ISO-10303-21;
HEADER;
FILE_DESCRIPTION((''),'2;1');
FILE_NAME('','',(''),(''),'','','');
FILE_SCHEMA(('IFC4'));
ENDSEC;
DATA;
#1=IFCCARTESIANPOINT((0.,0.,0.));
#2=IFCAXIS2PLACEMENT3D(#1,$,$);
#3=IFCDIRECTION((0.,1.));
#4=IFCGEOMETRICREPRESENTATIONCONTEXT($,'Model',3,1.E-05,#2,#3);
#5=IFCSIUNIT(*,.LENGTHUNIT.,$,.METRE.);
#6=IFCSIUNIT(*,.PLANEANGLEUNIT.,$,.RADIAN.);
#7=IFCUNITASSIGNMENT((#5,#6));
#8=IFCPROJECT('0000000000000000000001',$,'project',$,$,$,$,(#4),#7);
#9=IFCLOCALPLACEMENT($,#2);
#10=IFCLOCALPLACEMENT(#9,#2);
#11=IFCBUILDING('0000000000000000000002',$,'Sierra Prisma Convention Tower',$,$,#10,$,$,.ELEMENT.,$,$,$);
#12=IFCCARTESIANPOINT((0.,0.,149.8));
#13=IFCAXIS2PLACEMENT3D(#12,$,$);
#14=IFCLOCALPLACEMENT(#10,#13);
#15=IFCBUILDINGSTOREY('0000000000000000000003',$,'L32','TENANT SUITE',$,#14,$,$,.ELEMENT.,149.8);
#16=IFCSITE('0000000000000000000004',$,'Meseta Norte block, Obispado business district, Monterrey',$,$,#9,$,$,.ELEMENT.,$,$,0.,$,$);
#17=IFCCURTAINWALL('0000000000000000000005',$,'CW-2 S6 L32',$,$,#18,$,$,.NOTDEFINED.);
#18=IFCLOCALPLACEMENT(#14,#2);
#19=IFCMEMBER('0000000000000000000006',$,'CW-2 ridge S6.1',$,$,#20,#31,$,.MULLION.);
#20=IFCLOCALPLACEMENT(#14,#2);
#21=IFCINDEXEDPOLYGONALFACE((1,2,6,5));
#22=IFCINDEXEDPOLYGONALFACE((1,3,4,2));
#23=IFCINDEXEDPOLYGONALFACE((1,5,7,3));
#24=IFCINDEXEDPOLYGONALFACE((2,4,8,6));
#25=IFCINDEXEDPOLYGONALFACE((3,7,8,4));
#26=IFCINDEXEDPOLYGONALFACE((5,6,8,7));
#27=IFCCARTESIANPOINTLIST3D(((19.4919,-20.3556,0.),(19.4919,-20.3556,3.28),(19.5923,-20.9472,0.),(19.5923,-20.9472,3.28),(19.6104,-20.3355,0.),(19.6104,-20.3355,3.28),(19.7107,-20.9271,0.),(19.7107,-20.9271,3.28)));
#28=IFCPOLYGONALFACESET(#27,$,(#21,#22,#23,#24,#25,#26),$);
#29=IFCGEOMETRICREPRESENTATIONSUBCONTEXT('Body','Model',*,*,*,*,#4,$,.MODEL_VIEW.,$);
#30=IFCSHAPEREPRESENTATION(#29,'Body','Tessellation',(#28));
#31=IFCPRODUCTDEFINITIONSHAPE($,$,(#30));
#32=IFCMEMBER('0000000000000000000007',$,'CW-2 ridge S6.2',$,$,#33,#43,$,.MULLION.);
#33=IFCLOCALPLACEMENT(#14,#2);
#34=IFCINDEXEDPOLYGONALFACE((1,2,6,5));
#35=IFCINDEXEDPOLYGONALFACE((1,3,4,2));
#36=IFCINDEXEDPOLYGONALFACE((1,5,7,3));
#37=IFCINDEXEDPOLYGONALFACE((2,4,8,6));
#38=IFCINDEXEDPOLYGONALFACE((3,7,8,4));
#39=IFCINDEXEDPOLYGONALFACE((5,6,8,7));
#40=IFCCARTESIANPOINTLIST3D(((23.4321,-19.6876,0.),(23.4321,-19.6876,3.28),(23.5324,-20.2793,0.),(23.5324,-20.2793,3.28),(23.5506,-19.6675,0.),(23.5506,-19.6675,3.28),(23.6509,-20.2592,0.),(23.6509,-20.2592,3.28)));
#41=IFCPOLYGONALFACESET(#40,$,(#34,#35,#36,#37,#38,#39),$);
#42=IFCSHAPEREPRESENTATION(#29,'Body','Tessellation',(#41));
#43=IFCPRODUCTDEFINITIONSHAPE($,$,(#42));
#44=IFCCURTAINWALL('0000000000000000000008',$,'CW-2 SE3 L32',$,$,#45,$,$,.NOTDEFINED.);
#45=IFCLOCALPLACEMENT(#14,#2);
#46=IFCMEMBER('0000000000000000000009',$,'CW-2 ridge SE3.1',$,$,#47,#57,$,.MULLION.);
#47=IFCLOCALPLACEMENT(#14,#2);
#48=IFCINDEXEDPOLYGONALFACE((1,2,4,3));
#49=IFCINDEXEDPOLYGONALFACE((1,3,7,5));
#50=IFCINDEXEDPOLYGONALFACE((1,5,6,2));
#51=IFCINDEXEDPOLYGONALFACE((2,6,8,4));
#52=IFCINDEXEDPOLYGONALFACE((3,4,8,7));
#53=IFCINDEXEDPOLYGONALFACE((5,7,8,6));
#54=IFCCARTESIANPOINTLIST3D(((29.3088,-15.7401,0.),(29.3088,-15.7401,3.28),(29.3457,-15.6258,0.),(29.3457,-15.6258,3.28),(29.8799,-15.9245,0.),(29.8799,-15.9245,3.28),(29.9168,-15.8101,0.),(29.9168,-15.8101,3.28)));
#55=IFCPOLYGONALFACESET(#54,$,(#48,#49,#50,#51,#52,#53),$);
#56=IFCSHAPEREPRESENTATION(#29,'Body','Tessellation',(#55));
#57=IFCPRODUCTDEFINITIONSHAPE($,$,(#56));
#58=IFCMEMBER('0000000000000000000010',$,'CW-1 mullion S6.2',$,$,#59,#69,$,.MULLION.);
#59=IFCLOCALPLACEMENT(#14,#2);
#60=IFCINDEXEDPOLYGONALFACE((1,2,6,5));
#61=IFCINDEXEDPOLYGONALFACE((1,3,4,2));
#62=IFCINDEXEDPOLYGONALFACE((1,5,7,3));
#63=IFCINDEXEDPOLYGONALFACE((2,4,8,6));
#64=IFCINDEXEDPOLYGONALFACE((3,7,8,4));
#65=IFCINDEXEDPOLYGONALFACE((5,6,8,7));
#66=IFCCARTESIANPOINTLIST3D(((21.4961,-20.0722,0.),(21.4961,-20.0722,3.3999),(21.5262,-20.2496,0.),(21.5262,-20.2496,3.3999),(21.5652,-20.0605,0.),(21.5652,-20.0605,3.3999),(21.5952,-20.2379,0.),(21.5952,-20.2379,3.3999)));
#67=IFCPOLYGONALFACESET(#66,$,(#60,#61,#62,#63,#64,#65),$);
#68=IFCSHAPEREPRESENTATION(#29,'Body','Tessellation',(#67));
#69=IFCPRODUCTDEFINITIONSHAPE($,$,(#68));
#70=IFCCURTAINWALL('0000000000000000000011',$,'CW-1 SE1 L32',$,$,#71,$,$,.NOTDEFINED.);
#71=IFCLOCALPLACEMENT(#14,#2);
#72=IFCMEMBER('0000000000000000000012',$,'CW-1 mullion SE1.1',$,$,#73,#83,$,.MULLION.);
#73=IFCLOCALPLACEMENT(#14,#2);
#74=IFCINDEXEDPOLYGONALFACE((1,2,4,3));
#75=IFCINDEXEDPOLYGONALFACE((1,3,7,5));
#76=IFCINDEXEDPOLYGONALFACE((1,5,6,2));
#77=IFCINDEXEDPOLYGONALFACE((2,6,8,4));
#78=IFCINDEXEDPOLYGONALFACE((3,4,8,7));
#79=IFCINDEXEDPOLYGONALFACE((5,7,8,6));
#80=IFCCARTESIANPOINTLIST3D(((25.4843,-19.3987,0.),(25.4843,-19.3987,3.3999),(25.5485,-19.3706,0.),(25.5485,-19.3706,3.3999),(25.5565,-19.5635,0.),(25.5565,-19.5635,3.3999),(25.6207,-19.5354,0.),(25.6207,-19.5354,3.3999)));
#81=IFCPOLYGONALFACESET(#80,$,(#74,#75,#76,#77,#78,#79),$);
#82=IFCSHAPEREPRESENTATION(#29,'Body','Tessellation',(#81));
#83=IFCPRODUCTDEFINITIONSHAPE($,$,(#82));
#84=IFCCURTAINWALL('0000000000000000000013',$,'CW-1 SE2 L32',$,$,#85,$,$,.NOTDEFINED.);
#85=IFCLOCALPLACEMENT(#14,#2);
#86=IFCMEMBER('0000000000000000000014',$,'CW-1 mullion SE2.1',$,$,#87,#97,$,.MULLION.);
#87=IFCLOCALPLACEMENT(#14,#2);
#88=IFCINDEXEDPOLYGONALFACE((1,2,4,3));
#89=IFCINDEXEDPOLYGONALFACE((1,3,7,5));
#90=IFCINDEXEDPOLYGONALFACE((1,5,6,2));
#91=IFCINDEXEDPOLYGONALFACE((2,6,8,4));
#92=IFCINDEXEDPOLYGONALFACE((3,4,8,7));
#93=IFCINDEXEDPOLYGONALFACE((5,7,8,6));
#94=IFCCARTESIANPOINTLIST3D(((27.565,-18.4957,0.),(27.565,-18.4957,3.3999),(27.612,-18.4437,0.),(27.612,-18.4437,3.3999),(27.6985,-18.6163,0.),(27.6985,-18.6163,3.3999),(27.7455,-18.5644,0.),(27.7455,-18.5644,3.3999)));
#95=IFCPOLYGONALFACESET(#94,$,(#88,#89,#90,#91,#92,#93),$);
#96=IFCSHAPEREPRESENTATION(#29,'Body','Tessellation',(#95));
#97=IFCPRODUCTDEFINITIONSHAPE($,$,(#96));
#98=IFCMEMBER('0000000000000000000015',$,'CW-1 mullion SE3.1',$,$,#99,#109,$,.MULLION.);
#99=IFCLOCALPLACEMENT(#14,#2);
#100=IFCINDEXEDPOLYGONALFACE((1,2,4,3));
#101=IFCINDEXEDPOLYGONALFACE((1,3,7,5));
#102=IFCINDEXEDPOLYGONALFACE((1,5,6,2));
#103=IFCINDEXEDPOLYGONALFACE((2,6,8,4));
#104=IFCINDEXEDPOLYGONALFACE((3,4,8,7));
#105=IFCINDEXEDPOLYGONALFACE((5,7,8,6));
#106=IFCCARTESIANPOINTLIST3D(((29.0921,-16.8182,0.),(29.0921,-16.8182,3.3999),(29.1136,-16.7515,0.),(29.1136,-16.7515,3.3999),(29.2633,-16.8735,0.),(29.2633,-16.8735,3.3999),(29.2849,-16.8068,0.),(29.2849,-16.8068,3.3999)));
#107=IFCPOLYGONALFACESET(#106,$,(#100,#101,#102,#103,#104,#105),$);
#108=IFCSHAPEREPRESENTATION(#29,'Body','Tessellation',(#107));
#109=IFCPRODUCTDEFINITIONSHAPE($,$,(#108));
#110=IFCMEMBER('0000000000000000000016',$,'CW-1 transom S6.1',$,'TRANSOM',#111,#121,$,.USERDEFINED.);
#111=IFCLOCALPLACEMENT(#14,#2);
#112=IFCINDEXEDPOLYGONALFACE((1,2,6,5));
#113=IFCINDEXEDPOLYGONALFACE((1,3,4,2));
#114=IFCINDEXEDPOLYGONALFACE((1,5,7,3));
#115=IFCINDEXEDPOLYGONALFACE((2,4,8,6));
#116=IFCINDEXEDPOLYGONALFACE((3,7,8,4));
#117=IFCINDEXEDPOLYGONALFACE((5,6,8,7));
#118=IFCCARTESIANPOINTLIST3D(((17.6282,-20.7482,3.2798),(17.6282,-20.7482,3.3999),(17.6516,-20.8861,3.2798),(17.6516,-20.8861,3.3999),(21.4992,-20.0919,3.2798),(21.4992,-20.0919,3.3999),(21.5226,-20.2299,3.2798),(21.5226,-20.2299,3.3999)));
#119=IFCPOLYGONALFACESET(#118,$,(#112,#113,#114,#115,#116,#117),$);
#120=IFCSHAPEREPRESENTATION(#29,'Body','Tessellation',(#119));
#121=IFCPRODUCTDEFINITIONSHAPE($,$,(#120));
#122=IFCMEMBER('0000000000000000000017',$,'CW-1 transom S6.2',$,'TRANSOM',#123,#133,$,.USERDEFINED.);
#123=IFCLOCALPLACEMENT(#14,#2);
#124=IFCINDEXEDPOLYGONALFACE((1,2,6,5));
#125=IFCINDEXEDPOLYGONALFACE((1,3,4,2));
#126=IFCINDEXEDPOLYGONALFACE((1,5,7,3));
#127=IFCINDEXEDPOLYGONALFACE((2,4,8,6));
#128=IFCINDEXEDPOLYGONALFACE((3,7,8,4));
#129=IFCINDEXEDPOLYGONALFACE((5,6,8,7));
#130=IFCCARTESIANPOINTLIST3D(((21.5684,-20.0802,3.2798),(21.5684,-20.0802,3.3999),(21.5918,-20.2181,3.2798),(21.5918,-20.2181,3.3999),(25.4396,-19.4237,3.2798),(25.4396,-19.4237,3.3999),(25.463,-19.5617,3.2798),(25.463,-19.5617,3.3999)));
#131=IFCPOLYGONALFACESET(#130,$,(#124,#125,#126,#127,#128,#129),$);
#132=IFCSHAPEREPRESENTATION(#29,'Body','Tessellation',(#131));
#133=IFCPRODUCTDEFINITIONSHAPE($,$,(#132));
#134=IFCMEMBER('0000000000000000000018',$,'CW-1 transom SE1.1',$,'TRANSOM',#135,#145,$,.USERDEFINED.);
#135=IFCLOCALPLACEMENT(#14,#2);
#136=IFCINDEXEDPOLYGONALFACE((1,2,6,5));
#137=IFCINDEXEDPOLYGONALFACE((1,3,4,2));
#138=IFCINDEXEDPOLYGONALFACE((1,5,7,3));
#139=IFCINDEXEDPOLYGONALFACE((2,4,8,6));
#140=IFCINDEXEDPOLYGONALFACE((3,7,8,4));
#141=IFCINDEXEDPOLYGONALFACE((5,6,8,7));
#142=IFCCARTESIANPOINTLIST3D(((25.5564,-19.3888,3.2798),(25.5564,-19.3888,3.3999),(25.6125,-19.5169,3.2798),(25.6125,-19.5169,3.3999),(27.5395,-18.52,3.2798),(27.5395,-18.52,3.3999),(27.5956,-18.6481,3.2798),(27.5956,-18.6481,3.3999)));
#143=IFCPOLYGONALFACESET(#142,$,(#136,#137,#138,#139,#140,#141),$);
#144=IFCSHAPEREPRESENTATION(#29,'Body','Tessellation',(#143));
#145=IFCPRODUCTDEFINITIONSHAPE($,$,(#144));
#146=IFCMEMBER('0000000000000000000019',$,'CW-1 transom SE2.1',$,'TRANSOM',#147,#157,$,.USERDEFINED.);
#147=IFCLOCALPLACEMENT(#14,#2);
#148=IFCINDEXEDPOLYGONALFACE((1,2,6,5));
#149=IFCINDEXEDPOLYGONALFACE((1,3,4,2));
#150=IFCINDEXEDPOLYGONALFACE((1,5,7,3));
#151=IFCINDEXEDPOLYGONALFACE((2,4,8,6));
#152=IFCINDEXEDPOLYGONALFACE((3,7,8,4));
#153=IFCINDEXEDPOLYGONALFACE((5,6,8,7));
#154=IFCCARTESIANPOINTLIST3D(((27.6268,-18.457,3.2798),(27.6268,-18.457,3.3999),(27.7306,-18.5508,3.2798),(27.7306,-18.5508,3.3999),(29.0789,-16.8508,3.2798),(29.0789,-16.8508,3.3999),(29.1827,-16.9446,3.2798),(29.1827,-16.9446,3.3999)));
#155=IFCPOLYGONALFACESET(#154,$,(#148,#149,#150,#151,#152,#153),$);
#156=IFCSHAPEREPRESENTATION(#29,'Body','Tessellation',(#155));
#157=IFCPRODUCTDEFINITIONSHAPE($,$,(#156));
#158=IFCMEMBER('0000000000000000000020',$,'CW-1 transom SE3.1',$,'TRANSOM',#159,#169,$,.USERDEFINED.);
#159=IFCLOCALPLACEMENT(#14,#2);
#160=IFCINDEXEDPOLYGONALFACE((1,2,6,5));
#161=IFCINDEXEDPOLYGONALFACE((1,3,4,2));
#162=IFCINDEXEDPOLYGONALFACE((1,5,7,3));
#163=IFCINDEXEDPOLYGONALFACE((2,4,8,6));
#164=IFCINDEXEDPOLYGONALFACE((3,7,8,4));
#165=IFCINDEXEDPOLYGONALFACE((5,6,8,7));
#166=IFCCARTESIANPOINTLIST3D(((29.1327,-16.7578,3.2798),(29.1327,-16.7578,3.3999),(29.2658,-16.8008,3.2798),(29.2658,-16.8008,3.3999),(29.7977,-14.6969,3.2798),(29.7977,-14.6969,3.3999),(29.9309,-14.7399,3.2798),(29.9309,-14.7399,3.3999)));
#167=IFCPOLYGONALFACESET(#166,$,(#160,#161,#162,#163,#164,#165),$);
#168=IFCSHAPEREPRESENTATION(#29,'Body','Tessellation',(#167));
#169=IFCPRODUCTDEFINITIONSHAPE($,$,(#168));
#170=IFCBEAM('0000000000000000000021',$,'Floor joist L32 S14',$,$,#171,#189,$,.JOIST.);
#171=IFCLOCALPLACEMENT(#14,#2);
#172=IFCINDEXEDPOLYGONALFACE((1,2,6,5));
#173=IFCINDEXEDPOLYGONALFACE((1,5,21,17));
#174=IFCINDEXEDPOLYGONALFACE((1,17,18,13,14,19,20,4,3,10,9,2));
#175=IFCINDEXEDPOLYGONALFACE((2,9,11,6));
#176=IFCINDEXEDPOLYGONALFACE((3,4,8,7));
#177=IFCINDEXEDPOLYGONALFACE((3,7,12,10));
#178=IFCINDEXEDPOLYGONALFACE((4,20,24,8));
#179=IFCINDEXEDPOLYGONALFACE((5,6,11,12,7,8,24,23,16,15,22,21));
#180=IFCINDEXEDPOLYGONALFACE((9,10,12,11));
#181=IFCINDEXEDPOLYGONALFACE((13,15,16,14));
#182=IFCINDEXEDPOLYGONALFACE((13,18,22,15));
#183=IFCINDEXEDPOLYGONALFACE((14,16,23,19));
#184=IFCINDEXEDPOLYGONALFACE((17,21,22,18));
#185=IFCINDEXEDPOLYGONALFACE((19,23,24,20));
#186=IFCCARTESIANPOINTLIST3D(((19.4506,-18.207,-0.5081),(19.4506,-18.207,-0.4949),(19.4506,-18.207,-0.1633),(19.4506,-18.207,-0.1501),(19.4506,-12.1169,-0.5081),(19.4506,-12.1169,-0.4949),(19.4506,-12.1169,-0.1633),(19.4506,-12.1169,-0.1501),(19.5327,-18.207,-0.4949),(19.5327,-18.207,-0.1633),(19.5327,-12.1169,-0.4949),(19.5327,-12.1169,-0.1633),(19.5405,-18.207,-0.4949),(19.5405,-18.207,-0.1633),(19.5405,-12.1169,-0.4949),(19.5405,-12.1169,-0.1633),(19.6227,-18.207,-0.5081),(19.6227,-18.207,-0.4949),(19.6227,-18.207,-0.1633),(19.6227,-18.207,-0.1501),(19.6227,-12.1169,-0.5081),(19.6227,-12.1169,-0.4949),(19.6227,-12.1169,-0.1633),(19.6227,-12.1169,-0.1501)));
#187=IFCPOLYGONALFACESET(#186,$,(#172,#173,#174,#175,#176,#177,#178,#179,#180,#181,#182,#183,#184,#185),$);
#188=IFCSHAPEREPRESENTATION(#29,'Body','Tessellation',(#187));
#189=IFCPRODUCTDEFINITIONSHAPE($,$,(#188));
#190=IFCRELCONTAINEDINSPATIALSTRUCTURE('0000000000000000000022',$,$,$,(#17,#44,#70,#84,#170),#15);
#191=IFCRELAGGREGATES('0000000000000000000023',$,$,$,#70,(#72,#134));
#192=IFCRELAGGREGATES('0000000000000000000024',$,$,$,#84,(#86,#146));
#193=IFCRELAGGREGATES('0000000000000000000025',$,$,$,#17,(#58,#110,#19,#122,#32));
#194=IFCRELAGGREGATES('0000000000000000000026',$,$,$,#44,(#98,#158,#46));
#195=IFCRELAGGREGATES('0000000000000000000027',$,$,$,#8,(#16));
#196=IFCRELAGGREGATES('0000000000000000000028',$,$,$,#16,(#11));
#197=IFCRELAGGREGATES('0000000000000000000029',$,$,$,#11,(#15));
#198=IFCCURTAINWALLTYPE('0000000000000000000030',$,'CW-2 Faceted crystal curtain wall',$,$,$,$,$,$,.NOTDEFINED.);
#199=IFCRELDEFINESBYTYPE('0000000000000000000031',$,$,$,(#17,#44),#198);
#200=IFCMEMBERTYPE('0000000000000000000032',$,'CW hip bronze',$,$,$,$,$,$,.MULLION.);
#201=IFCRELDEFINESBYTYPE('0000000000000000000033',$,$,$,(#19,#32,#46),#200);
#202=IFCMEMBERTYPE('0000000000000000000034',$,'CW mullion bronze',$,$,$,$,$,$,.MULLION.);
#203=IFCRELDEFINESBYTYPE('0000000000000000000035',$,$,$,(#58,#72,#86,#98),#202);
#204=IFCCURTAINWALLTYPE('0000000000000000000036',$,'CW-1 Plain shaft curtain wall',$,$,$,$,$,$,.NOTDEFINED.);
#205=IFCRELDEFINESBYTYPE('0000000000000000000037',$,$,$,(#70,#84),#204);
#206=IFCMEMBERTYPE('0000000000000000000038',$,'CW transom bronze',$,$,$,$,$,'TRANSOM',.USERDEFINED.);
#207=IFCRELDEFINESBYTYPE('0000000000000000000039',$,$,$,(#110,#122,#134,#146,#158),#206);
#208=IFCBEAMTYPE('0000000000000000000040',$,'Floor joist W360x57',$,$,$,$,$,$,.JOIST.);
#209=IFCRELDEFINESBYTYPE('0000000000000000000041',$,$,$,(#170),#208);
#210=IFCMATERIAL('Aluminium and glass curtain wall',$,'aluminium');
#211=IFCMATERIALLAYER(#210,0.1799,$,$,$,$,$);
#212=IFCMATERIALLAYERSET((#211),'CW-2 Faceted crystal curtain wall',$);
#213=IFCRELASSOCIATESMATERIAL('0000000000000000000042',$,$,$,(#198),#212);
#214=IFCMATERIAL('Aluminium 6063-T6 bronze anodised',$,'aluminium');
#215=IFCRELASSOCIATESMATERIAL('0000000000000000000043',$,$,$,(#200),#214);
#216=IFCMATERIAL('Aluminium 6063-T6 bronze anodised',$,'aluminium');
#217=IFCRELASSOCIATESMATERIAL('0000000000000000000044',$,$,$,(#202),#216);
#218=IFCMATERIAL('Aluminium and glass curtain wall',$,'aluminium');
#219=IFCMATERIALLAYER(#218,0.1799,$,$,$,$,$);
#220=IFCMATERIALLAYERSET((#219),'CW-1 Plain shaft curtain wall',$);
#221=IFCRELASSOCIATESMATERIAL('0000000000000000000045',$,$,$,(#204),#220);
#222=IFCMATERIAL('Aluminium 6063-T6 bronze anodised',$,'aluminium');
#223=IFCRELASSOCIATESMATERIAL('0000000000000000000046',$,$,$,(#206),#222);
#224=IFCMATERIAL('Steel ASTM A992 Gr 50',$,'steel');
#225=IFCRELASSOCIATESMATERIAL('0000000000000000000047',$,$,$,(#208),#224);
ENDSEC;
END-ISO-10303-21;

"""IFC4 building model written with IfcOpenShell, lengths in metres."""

from ifc_helpers import new_model, si_unit, direction, frame, origin, origin_2d, place, context, subcontext, project, spatial, rectangle, i_section, extrude, material, layer, layer_set, material_profile, profile_set, type_object, element, aggregate, save


model = new_model("IFC4")

# Units and contexts
model_context = context("Model", 3, precision=1e-05, world=origin(), true_north=direction((0.0, 1.0)))
body_context = subcontext(model_context, "Body", "Model", "MODEL_VIEW")
ifc_project = project(units=[si_unit("LENGTHUNIT", "METRE"), si_unit("PLANEANGLEUNIT", "RADIAN")], contexts=[model_context])

# Site, building, storey
site_placement = place(None, origin())
site = spatial("IfcSite", under=ifc_project, at=site_placement, Name="Meseta Norte block, Obispado business district, Monterrey", CompositionType="ELEMENT", RefElevation=0.0)
building_placement = place(site_placement, origin())
building = spatial("IfcBuilding", under=site, at=building_placement, Name="Sierra Prisma Convention Tower", CompositionType="ELEMENT")
storey_placement = place(building_placement, frame((0.0, 0.0, 149.8)))
storey = spatial("IfcBuildingStorey", under=building, at=storey_placement, Name="L32", Description="TENANT SUITE", CompositionType="ELEMENT", Elevation=149.8)

# Curtain wall, members
ifc_material_1 = material(Name="Aluminium and glass curtain wall", Category="aluminium")
ifc_layer_1 = layer(ifc_material_1, 0.1799)
ifc_layer_set_1 = layer_set([ifc_layer_1], Name="CW-2 Faceted crystal curtain wall")
curtain_wall_type_1 = type_object("IfcCurtainWallType", Name="CW-2 Faceted crystal curtain wall", PredefinedType="NOTDEFINED", material=ifc_layer_set_1)
curtain_wall_1_placement = place(storey_placement, origin())
curtain_wall_1 = element("IfcCurtainWall", 1, at=curtain_wall_1_placement, inside=storey, type_object=curtain_wall_type_1, Name="CW-2 S6 L32", PredefinedType="NOTDEFINED")
ifc_material_2 = material(Name="Aluminium 6063-T6 bronze anodised", Category="aluminium")
ifc_material_profile_1 = material_profile(ifc_material_2, rectangle(XDim=0.1201, YDim=0.6001, at=origin_2d()), Name="ALU RIDGE BLADE 120x600")
ifc_profile_set_1 = profile_set([ifc_material_profile_1], Name="Aluminium 6063-T6 bronze anodised")
member_type_1 = type_object("IfcMemberType", Name="CW hip bronze", PredefinedType="MULLION", material=ifc_profile_set_1)
member_1_placement = place(storey_placement, frame((19.6013, -20.6414, 0.0), z_axis=(0.0, 0.0, 1.0), x_axis=(0.98593, 0.167158, 0.0)))
member_1 = element("IfcMember", 2, at=member_1_placement, type_object=member_type_1, Name="CW-2 ridge S6.1", PredefinedType="MULLION", context=body_context, shape_type="SweptSolid", body=[
    extrude(rectangle(XDim=0.1201, YDim=0.6001, at=origin_2d()), origin(), (0.0, 0.0, 1.0), 3.28),
])
member_2_placement = place(storey_placement, frame((23.5415, -19.9734, 0.0), z_axis=(0.0, 0.0, 1.0), x_axis=(0.98593, 0.167158, 0.0)))
member_2 = element("IfcMember", 3, at=member_2_placement, type_object=member_type_1, Name="CW-2 ridge S6.2", PredefinedType="MULLION", context=body_context, shape_type="SweptSolid", body=[
    extrude(rectangle(XDim=0.1201, YDim=0.6001, at=origin_2d()), origin(), (0.0, 0.0, 1.0), 3.28),
])

# Curtain wall, member
curtain_wall_2_placement = place(storey_placement, origin())
curtain_wall_2 = element("IfcCurtainWall", 4, at=curtain_wall_2_placement, inside=storey, type_object=curtain_wall_type_1, Name="CW-2 SE3 L32", PredefinedType="NOTDEFINED")
member_3_placement = place(storey_placement, frame((29.6128, -15.7751, 0.0), z_axis=(0.0, 0.0, 1.0), x_axis=(0.307137, 0.951665, 0.0)))
member_3 = element("IfcMember", 5, at=member_3_placement, type_object=member_type_1, Name="CW-2 ridge SE3.1", PredefinedType="MULLION", context=body_context, shape_type="SweptSolid", body=[
    extrude(rectangle(XDim=0.1201, YDim=0.6001, at=origin_2d()), origin(), (0.0, 0.0, 1.0), 3.28),
])

# Member
ifc_material_3 = material(Name="Aluminium 6063-T6 bronze anodised", Category="aluminium")
ifc_material_profile_2 = material_profile(ifc_material_3, rectangle(XDim=0.1799, YDim=0.0701, at=origin_2d()), Name="ALU MULLION 70x180")
ifc_profile_set_2 = profile_set([ifc_material_profile_2], Name="Aluminium 6063-T6 bronze anodised")
member_type_2 = type_object("IfcMemberType", Name="CW mullion bronze", PredefinedType="MULLION", material=ifc_profile_set_2)
member_4_placement = place(storey_placement, frame((21.5457, -20.155, 0.0), z_axis=(0.0, 0.0, 1.0), x_axis=(-0.167158, 0.98593, 0.0)))
member_4 = element("IfcMember", 6, at=member_4_placement, type_object=member_type_2, Name="CW-1 mullion S6.2", PredefinedType="MULLION", context=body_context, shape_type="SweptSolid", body=[
    extrude(rectangle(XDim=0.1799, YDim=0.0701, at=origin_2d()), origin(), (0.0, 0.0, 1.0), 3.3999),
])

# Curtain walls, members
ifc_material_4 = material(Name="Aluminium and glass curtain wall", Category="aluminium")
ifc_layer_2 = layer(ifc_material_4, 0.1799)
ifc_layer_set_2 = layer_set([ifc_layer_2], Name="CW-1 Plain shaft curtain wall")
curtain_wall_type_2 = type_object("IfcCurtainWallType", Name="CW-1 Plain shaft curtain wall", PredefinedType="NOTDEFINED", material=ifc_layer_set_2)
curtain_wall_3_placement = place(storey_placement, origin())
curtain_wall_3 = element("IfcCurtainWall", 7, at=curtain_wall_3_placement, inside=storey, type_object=curtain_wall_type_2, Name="CW-1 SE1 L32", PredefinedType="NOTDEFINED")
member_5_placement = place(storey_placement, frame((25.5525, -19.467, 0.0), z_axis=(0.0, 0.0, 1.0), x_axis=(-0.401314, 0.91594, 0.0)))
member_5 = element("IfcMember", 8, at=member_5_placement, type_object=member_type_2, Name="CW-1 mullion SE1.1", PredefinedType="MULLION", context=body_context, shape_type="SweptSolid", body=[
    extrude(rectangle(XDim=0.1799, YDim=0.0701, at=origin_2d()), origin(), (0.0, 0.0, 1.0), 3.3999),
])
curtain_wall_4_placement = place(storey_placement, origin())
curtain_wall_4 = element("IfcCurtainWall", 9, at=curtain_wall_4_placement, inside=storey, type_object=curtain_wall_type_2, Name="CW-1 SE2 L32", PredefinedType="NOTDEFINED")
member_6_placement = place(storey_placement, frame((27.6553, -18.53, 0.0), z_axis=(0.0, 0.0, 1.0), x_axis=(-0.741821, 0.670598, 0.0)))
member_6 = element("IfcMember", 10, at=member_6_placement, type_object=member_type_2, Name="CW-1 mullion SE2.1", PredefinedType="MULLION", context=body_context, shape_type="SweptSolid", body=[
    extrude(rectangle(XDim=0.1799, YDim=0.0701, at=origin_2d()), origin(), (0.0, 0.0, 1.0), 3.3999),
])

# Members
member_7_placement = place(storey_placement, frame((29.1885, -16.8125, 0.0), z_axis=(0.0, 0.0, 1.0), x_axis=(-0.951665, 0.307137, 0.0)))
member_7 = element("IfcMember", 11, at=member_7_placement, type_object=member_type_2, Name="CW-1 mullion SE3.1", PredefinedType="MULLION", context=body_context, shape_type="SweptSolid", body=[
    extrude(rectangle(XDim=0.1799, YDim=0.0701, at=origin_2d()), origin(), (0.0, 0.0, 1.0), 3.3999),
])
ifc_material_5 = material(Name="Aluminium 6063-T6 bronze anodised", Category="aluminium")
ifc_material_profile_3 = material_profile(ifc_material_5, rectangle(XDim=0.1399, YDim=0.1201, at=origin_2d()), Name="ALU TRANSOM 120x140")
ifc_profile_set_3 = profile_set([ifc_material_profile_3], Name="Aluminium 6063-T6 bronze anodised")
member_type_3 = type_object("IfcMemberType", Name="CW transom bronze", ElementType="TRANSOM", PredefinedType="USERDEFINED", material=ifc_profile_set_3)
member_8_placement = place(storey_placement, frame((17.6399, -20.8171, 3.3398), z_axis=(0.985933, 0.167141, 0.0), x_axis=(-0.167141, 0.985933, 0.0)))
member_8 = element("IfcMember", 12, at=member_8_placement, type_object=member_type_3, Name="CW-1 transom S6.1", ObjectType="TRANSOM", PredefinedType="USERDEFINED", context=body_context, shape_type="SweptSolid", body=[
    extrude(rectangle(XDim=0.1399, YDim=0.1201, at=origin_2d()), origin(), (0.0, 0.0, 1.0), 3.9263),
])
member_9_placement = place(storey_placement, frame((21.5801, -20.1492, 3.3398), z_axis=(0.985924, 0.167191, 0.0), x_axis=(-0.167191, 0.985924, 0.0)))
member_9 = element("IfcMember", 13, at=member_9_placement, type_object=member_type_3, Name="CW-1 transom S6.2", ObjectType="TRANSOM", PredefinedType="USERDEFINED", context=body_context, shape_type="SweptSolid", body=[
    extrude(rectangle(XDim=0.1399, YDim=0.1201, at=origin_2d()), origin(), (0.0, 0.0, 1.0), 3.9265),
])
member_10_placement = place(storey_placement, frame((25.5845, -19.4529, 3.3398), z_axis=(0.915942, 0.40131, 0.0), x_axis=(-0.40131, 0.915942, 0.0)))
member_10 = element("IfcMember", 14, at=member_10_placement, type_object=member_type_3, Name="CW-1 transom SE1.1", ObjectType="TRANSOM", PredefinedType="USERDEFINED", context=body_context, shape_type="SweptSolid", body=[
    extrude(rectangle(XDim=0.1399, YDim=0.1201, at=origin_2d()), origin(), (0.0, 0.0, 1.0), 2.165),
])
member_11_placement = place(storey_placement, frame((27.6787, -18.5039, 3.3398), z_axis=(0.670639, 0.741784, 0.0), x_axis=(-0.741784, 0.670639, 0.0)))
member_11 = element("IfcMember", 15, at=member_11_placement, type_object=member_type_3, Name="CW-1 transom SE2.1", ObjectType="TRANSOM", PredefinedType="USERDEFINED", context=body_context, shape_type="SweptSolid", body=[
    extrude(rectangle(XDim=0.1399, YDim=0.1201, at=origin_2d()), origin(), (0.0, 0.0, 1.0), 2.1653),
])
member_12_placement = place(storey_placement, frame((29.1992, -16.7793, 3.3398), z_axis=(0.307115, 0.951672, 0.0), x_axis=(-0.951672, 0.307115, 0.0)))
member_12 = element("IfcMember", 16, at=member_12_placement, type_object=member_type_3, Name="CW-1 transom SE3.1", ObjectType="TRANSOM", PredefinedType="USERDEFINED", context=body_context, shape_type="SweptSolid", body=[
    extrude(rectangle(XDim=0.1399, YDim=0.1201, at=origin_2d()), origin(), (0.0, 0.0, 1.0), 2.1655),
])

# Beam
ifc_material_6 = material(Name="Steel ASTM A992 Gr 50", Category="steel")
ifc_material_profile_4 = material_profile(ifc_material_6, i_section(OverallWidth=0.1721, OverallDepth=0.3579, WebThickness=0.0078, FlangeThickness=0.0132, at=origin_2d()), Name="W360x57")
ifc_profile_set_4 = profile_set([ifc_material_profile_4], Name="Steel ASTM A992 Gr 50")
beam_type_1 = type_object("IfcBeamType", Name="Floor joist W360x57", PredefinedType="JOIST", material=ifc_profile_set_4)
beam_1_placement = place(storey_placement, frame((19.5366, -18.207, -0.3291), z_axis=(0.0, 1.0, 0.0), x_axis=(-1.0, 0.0, 0.0)))
element("IfcBeam", 17, at=beam_1_placement, inside=storey, type_object=beam_type_1, Name="Floor joist L32 S14", PredefinedType="JOIST", context=body_context, shape_type="SweptSolid", body=[
    extrude(i_section(OverallWidth=0.1721, OverallDepth=0.3579, WebThickness=0.0078, FlangeThickness=0.0132, at=origin_2d()), origin(), (0.0, 0.0, 1.0), 6.0901),
])

aggregate(curtain_wall_3, [member_5, member_10])
aggregate(curtain_wall_4, [member_6, member_11])
aggregate(curtain_wall_1, [member_4, member_8, member_1, member_9, member_2])
aggregate(curtain_wall_2, [member_7, member_12, member_3])

save(model, "model.ifc")
